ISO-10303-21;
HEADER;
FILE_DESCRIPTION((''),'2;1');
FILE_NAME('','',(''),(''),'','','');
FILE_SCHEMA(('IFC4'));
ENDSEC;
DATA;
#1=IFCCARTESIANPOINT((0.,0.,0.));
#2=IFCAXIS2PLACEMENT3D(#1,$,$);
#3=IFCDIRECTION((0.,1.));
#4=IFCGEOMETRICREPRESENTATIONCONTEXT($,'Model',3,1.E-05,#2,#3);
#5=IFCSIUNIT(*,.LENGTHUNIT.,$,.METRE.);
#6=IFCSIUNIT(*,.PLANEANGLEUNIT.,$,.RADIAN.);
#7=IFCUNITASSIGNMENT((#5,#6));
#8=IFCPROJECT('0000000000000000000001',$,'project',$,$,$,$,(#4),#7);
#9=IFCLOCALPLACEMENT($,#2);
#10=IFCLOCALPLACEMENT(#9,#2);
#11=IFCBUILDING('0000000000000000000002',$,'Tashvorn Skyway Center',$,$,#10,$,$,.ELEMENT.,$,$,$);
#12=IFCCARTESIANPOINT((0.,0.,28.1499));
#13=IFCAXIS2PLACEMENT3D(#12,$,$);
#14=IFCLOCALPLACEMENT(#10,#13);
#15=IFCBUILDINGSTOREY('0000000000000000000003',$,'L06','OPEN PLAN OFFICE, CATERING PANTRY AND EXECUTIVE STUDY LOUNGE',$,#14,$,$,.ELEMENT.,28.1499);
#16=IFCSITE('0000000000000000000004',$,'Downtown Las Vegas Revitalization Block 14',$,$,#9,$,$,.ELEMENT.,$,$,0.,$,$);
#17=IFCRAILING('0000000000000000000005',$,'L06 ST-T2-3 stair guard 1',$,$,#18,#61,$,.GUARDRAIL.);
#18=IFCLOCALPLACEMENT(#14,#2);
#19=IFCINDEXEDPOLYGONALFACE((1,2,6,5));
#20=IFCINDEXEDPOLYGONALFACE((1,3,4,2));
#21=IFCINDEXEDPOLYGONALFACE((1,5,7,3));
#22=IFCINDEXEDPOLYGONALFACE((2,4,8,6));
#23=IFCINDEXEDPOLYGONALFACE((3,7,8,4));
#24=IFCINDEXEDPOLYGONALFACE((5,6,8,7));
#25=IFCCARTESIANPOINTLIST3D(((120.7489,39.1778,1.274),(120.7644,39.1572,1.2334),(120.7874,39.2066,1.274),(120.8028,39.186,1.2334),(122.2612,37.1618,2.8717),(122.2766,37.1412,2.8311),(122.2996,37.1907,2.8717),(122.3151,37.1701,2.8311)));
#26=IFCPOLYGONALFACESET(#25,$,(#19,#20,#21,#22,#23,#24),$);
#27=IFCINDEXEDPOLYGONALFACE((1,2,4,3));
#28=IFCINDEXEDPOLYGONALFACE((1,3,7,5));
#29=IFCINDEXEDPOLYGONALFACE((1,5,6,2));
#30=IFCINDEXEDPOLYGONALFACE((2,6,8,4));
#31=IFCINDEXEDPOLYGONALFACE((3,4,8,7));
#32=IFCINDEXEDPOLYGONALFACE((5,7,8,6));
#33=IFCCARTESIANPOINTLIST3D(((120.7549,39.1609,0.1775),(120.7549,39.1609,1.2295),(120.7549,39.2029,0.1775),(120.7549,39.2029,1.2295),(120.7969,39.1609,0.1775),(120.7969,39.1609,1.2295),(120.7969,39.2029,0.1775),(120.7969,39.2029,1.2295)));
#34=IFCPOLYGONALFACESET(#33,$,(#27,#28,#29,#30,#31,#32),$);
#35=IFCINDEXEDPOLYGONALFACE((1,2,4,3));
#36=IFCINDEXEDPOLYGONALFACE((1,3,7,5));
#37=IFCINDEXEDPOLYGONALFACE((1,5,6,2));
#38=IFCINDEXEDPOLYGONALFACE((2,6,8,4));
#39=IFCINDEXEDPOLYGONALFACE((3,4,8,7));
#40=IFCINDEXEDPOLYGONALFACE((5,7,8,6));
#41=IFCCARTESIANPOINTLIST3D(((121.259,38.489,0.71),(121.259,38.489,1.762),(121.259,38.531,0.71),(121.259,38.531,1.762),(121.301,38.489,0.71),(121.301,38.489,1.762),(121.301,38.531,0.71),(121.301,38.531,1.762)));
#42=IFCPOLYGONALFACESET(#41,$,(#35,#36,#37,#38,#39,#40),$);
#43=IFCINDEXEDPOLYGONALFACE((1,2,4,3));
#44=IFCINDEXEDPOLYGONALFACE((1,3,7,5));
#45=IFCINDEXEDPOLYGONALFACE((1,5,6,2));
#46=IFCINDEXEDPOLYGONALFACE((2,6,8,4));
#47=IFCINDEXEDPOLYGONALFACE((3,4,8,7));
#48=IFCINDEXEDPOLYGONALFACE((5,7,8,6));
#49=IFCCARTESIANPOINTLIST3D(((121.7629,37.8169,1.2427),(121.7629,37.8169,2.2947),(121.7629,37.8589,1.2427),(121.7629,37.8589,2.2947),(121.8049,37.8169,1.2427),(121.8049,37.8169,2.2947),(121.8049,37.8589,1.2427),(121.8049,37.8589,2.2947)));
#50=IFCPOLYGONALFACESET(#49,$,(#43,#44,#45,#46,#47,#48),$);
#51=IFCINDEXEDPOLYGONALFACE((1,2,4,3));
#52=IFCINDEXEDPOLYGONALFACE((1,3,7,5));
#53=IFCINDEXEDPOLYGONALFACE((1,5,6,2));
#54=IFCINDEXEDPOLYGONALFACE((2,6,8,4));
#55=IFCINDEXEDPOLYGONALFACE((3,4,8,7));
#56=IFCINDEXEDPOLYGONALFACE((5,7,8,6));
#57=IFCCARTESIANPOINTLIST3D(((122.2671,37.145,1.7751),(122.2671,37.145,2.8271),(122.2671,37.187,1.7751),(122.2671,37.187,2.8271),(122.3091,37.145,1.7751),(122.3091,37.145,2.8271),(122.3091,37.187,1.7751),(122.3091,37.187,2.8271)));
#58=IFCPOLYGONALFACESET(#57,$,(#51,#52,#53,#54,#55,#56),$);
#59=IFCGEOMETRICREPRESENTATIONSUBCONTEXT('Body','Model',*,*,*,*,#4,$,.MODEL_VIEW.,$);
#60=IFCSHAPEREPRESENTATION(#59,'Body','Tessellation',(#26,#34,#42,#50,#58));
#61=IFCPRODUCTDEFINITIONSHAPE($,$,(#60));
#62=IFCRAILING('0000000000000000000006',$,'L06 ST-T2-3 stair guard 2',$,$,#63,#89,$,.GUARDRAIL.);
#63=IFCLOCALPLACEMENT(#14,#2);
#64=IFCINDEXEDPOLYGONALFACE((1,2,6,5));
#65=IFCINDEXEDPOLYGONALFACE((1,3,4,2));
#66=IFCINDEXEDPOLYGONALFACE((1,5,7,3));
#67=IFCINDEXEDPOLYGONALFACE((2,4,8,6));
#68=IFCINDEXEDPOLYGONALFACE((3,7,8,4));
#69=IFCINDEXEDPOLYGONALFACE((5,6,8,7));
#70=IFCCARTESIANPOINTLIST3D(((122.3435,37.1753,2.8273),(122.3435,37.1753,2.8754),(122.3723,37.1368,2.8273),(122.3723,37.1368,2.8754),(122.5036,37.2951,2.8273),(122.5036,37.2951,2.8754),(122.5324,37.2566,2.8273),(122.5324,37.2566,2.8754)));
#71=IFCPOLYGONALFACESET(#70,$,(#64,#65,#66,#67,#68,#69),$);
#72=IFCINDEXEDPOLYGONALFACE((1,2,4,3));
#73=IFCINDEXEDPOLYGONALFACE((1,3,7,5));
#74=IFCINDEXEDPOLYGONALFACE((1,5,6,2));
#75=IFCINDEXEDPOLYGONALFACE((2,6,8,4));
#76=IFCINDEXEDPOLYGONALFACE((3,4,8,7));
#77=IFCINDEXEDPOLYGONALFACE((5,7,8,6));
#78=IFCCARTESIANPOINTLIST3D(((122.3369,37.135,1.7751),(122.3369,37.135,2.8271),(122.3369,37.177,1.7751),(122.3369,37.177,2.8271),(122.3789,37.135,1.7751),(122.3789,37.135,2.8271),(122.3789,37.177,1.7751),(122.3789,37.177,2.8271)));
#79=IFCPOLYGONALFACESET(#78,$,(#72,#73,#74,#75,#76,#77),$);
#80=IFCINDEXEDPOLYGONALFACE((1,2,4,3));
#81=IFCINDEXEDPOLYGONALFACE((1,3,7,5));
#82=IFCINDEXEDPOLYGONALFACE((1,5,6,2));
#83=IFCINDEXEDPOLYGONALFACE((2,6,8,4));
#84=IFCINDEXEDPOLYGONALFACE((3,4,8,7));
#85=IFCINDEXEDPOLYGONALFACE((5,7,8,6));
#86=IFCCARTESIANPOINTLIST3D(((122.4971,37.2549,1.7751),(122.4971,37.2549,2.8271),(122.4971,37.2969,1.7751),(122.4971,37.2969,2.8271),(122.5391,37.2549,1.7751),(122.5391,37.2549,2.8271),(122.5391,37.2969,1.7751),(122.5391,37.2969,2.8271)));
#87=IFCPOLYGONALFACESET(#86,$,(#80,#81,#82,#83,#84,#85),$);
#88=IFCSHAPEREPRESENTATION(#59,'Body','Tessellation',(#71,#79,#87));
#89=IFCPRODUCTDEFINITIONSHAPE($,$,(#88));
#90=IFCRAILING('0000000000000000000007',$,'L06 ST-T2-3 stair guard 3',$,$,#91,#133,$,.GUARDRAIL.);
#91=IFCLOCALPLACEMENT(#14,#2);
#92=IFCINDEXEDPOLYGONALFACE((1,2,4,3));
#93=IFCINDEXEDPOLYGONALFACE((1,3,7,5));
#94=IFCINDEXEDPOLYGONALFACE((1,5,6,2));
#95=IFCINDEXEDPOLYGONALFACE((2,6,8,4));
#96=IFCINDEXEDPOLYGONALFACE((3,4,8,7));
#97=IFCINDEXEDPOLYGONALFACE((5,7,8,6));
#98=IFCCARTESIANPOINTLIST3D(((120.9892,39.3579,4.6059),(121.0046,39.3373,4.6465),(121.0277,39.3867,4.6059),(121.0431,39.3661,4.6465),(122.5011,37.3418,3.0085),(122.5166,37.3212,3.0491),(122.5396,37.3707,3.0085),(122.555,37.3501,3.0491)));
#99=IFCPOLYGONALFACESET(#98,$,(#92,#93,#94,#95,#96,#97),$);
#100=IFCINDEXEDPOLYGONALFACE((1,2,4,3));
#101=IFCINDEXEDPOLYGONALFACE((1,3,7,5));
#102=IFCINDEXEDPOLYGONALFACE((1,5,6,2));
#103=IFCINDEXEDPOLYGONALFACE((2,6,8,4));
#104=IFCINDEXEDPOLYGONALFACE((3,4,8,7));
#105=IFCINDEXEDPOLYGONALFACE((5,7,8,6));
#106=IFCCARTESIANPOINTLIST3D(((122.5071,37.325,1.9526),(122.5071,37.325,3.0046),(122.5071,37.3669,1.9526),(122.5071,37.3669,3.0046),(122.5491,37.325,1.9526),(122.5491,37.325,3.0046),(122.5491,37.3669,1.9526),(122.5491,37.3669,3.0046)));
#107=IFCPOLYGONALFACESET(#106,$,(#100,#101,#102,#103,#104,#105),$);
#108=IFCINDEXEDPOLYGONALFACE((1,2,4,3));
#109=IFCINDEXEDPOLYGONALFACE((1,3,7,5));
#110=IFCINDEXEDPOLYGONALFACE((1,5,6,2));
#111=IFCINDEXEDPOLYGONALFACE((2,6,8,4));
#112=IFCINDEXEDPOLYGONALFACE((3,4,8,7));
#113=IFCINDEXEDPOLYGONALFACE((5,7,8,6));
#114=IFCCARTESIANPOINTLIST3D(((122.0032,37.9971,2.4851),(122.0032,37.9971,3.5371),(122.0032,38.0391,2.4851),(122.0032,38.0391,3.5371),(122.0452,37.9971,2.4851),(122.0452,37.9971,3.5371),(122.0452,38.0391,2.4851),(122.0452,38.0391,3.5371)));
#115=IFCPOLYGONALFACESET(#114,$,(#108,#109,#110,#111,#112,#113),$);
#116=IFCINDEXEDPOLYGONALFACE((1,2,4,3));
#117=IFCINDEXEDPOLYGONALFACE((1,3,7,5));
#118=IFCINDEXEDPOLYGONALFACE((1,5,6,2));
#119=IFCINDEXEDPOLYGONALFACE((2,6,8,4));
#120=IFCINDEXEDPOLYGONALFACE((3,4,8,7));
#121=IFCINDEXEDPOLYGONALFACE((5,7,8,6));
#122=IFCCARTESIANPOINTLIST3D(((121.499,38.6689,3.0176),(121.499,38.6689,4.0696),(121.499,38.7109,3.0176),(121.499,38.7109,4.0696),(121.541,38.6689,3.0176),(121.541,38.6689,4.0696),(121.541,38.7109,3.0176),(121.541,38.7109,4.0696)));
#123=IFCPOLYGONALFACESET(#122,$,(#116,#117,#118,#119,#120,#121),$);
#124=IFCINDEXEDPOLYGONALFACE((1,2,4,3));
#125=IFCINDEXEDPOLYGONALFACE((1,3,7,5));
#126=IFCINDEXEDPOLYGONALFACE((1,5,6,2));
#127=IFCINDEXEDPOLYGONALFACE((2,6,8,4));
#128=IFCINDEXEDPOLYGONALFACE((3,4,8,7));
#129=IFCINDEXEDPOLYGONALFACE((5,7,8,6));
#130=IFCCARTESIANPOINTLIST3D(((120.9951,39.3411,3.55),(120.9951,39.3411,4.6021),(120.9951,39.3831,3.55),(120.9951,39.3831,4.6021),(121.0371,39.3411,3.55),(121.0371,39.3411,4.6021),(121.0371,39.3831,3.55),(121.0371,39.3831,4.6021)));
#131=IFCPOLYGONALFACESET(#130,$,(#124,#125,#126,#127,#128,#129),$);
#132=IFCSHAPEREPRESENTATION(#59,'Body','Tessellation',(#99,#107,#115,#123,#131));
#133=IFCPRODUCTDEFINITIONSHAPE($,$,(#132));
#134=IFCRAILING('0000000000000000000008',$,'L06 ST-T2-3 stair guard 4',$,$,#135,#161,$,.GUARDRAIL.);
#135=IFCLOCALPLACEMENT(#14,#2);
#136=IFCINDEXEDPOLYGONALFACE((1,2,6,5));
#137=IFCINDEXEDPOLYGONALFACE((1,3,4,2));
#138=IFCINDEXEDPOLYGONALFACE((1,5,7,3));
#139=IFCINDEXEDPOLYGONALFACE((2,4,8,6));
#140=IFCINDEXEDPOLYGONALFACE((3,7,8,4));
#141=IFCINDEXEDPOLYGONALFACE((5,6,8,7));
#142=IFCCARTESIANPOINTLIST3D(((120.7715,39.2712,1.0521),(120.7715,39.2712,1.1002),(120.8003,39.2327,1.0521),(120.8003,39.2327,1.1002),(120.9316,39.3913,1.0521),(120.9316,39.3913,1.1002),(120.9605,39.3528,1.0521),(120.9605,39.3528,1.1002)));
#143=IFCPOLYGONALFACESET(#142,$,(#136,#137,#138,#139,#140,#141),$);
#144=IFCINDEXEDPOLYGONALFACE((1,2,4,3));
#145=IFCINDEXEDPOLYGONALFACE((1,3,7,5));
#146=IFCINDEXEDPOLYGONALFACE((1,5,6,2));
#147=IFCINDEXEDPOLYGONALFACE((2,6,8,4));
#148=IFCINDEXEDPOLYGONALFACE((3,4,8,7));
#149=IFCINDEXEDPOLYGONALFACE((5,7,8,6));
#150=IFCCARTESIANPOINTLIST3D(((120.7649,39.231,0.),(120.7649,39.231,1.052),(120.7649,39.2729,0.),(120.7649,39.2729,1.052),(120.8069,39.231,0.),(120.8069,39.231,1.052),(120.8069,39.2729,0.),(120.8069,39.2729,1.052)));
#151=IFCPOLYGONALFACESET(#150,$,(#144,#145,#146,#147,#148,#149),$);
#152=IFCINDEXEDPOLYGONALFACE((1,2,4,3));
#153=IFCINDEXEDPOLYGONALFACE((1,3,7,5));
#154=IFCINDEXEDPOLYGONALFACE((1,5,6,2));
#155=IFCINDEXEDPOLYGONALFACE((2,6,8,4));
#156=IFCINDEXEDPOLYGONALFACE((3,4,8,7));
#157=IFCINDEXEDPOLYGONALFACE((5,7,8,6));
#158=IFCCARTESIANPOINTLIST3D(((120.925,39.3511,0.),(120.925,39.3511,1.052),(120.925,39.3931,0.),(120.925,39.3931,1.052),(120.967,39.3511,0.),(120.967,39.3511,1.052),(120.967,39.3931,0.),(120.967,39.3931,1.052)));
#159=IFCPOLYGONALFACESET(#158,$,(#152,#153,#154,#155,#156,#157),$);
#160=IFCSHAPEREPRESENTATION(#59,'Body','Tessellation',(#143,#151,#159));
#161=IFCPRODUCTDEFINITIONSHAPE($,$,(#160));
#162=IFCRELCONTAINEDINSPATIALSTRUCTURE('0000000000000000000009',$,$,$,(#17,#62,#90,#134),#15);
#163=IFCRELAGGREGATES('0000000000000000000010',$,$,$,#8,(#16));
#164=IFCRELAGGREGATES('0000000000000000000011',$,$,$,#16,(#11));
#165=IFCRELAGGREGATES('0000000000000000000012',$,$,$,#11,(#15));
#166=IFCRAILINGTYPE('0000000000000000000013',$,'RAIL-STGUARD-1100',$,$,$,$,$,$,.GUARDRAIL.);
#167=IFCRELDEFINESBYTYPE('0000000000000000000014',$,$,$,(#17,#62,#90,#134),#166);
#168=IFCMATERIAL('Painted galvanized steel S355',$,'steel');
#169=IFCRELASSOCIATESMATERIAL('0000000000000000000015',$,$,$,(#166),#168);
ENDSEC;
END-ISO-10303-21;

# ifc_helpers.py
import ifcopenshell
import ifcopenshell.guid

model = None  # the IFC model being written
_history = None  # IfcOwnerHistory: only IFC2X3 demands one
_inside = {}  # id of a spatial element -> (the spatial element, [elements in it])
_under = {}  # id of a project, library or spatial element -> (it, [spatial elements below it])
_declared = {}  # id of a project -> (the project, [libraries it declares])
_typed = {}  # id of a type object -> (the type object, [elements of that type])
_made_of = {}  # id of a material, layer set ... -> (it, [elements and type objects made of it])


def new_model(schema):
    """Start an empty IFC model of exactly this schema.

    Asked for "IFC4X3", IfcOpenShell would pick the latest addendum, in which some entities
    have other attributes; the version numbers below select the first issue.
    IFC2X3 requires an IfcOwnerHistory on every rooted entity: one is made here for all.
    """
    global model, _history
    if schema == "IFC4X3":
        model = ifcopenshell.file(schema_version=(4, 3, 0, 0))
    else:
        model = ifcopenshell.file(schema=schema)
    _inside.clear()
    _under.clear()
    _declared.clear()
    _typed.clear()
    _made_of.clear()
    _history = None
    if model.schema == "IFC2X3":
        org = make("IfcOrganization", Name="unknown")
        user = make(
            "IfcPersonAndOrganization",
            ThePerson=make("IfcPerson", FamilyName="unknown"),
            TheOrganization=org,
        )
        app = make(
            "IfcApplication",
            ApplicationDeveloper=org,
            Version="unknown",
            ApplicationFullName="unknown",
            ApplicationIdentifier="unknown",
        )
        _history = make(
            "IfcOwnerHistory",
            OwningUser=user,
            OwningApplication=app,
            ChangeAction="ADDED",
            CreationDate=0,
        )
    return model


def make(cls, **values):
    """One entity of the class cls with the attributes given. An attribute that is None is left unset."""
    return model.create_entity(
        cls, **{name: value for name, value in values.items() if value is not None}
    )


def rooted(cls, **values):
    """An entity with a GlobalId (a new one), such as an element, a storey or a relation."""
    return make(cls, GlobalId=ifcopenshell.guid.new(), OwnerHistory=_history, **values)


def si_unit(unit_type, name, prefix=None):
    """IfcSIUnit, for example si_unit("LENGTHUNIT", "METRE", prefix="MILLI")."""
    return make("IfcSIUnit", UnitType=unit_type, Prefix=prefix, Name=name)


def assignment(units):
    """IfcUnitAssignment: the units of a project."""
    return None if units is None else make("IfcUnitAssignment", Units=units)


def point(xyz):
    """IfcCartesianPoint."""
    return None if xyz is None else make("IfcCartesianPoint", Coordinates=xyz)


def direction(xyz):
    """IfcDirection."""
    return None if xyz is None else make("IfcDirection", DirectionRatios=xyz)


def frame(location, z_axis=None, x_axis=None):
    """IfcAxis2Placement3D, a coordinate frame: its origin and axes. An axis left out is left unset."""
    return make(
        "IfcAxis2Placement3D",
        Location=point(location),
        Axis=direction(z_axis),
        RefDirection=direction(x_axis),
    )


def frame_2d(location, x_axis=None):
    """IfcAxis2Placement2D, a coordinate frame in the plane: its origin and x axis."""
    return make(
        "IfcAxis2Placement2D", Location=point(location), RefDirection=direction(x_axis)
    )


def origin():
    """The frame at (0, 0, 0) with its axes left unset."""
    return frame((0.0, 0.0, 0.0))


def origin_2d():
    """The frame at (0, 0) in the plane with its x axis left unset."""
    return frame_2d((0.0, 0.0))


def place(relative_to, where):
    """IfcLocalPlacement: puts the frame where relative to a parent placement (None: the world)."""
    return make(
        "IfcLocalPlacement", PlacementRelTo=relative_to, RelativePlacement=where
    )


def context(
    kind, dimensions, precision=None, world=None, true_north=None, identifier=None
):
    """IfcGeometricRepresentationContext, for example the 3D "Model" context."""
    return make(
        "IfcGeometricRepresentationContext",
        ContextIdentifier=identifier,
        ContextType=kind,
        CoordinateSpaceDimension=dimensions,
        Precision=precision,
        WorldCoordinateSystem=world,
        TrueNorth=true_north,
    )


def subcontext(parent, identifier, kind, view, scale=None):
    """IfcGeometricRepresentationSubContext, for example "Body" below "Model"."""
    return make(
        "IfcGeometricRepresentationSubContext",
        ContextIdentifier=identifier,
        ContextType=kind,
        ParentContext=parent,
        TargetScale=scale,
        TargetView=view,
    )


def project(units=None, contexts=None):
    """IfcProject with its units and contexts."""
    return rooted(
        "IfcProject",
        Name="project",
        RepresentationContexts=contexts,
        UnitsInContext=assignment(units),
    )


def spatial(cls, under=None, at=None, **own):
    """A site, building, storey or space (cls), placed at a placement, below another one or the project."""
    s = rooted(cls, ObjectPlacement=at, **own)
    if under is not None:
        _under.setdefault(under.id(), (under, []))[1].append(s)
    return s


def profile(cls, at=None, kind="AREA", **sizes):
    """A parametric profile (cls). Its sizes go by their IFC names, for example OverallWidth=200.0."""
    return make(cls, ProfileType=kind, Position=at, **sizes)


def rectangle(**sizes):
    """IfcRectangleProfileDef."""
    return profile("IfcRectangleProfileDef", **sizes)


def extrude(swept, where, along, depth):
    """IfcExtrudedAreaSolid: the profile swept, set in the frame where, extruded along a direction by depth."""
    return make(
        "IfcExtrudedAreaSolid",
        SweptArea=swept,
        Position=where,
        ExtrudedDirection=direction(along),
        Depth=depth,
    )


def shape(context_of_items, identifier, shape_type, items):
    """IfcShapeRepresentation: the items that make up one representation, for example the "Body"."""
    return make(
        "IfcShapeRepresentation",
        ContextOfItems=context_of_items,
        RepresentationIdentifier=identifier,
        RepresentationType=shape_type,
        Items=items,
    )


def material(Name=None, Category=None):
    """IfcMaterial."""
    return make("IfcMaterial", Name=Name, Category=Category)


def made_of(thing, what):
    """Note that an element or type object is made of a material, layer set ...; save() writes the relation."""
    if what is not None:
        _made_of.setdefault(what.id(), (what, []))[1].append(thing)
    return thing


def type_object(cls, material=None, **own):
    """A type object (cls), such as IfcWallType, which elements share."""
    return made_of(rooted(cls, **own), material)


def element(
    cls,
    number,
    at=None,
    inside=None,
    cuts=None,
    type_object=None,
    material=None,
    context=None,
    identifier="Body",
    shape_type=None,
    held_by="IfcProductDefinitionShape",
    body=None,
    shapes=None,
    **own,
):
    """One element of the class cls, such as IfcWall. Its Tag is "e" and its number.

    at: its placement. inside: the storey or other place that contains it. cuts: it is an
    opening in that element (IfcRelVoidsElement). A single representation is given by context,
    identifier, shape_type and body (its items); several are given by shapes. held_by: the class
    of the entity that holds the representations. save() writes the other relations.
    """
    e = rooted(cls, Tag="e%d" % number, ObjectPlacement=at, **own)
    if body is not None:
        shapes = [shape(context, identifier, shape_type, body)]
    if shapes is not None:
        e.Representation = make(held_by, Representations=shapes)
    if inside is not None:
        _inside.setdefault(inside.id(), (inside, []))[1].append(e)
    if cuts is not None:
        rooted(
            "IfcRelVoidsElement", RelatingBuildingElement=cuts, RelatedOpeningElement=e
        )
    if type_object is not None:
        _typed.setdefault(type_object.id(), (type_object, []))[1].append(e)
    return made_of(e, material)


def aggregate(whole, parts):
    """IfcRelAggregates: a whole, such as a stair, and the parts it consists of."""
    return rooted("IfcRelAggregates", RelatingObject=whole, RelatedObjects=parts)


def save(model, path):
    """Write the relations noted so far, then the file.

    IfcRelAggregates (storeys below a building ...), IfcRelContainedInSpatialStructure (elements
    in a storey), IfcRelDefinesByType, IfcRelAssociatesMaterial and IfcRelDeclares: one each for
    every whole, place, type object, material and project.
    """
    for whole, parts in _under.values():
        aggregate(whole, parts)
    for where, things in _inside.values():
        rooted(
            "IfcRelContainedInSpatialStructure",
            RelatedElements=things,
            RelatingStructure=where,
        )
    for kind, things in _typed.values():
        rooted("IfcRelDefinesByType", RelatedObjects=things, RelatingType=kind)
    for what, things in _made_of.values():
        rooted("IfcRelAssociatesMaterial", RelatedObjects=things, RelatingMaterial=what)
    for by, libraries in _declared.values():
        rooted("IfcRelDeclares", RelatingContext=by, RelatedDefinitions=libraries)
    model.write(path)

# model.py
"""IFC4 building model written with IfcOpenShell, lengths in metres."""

from ifc_helpers import new_model, si_unit, direction, frame, origin, origin_2d, place, context, subcontext, project, spatial, rectangle, extrude, material, type_object, element, save


model = new_model("IFC4")

# Units and contexts
model_context = context("Model", 3, precision=1e-05, world=origin(), true_north=direction((0.0, 1.0)))
body_context = subcontext(model_context, "Body", "Model", "MODEL_VIEW")
ifc_project = project(units=[si_unit("LENGTHUNIT", "METRE"), si_unit("PLANEANGLEUNIT", "RADIAN")], contexts=[model_context])

# Site, building, storey
site_placement = place(None, origin())
site = spatial("IfcSite", under=ifc_project, at=site_placement, Name="Downtown Las Vegas Revitalization Block 14", CompositionType="ELEMENT", RefElevation=0.0)
building_placement = place(site_placement, origin())
building = spatial("IfcBuilding", under=site, at=building_placement, Name="Tashvorn Skyway Center", CompositionType="ELEMENT")
storey_placement = place(building_placement, frame((0.0, 0.0, 28.1499)))
storey = spatial("IfcBuildingStorey", under=building, at=storey_placement, Name="L06", Description="OPEN PLAN OFFICE, CATERING PANTRY AND EXECUTIVE STUDY LOUNGE", CompositionType="ELEMENT", Elevation=28.1499)

# Railings
ifc_material_1 = material(Name="Painted galvanized steel S355", Category="steel")
railing_type_1 = type_object("IfcRailingType", Name="RAIL-STGUARD-1100", PredefinedType="GUARDRAIL", material=ifc_material_1)
railing_1_placement = place(storey_placement, frame((120.7759, 39.1819, 0.1775)))
element("IfcRailing", 1, at=railing_1_placement, inside=storey, type_object=railing_type_1, Name="L06 ST-T2-3 stair guard 1", PredefinedType="GUARDRAIL", context=body_context, shape_type="SweptSolid", body=[
    extrude(rectangle(XDim=0.0481, YDim=0.0481, at=origin_2d()), frame((0.0, 0.0, 1.0762), z_axis=(0.506807, -0.675607, 0.535445), x_axis=(0.799942, 0.600078, 0.0)), (0.0, 0.0, 1.0), 2.9839),
    extrude(rectangle(XDim=0.042, YDim=0.042, at=origin_2d()), origin(), (0.0, 0.0, 1.0), 1.052),
    extrude(rectangle(XDim=0.042, YDim=0.042, at=origin_2d()), frame((0.5042, -0.6719, 0.5325)), (0.0, 0.0, 1.0), 1.052),
    extrude(rectangle(XDim=0.042, YDim=0.042, at=origin_2d()), frame((1.0081, -1.344, 1.0652)), (0.0, 0.0, 1.0), 1.052),
    extrude(rectangle(XDim=0.042, YDim=0.042, at=origin_2d()), frame((1.5122, -2.0159, 1.5977)), (0.0, 0.0, 1.0), 1.052),
])
railing_2_placement = place(storey_placement, frame((122.3579, 37.156, 1.7751)))
element("IfcRailing", 2, at=railing_2_placement, inside=storey, type_object=railing_type_1, Name="L06 ST-T2-3 stair guard 2", PredefinedType="GUARDRAIL", context=body_context, shape_type="SweptSolid", body=[
    extrude(rectangle(XDim=0.0481, YDim=0.0481, at=origin_2d()), frame((0.0, 0.0, 1.0762), z_axis=(0.800585, 0.599219, 0.0), x_axis=(-0.599219, 0.800585, 0.0)), (0.0, 0.0, 1.0), 0.2),
    extrude(rectangle(XDim=0.042, YDim=0.042, at=origin_2d()), origin(), (0.0, 0.0, 1.0), 1.052),
    extrude(rectangle(XDim=0.042, YDim=0.042, at=origin_2d()), frame((0.1602, 0.1199, 0.0)), (0.0, 0.0, 1.0), 1.052),
])
railing_3_placement = place(storey_placement, frame((122.5281, 37.3459, 1.9526)))
element("IfcRailing", 3, at=railing_3_placement, inside=storey, type_object=railing_type_1, Name="L06 ST-T2-3 stair guard 3", PredefinedType="GUARDRAIL", context=body_context, shape_type="SweptSolid", body=[
    extrude(rectangle(XDim=0.0481, YDim=0.0481, at=origin_2d()), frame((0.0, 0.0, 1.0762), z_axis=(-0.506741, 0.675709, 0.535379), x_axis=(-0.800023, -0.599969, 0.0)), (0.0, 0.0, 1.0), 2.9836),
    extrude(rectangle(XDim=0.042, YDim=0.042, at=origin_2d()), origin(), (0.0, 0.0, 1.0), 1.052),
    extrude(rectangle(XDim=0.042, YDim=0.042, at=origin_2d()), frame((-0.5039, 0.6721, 0.5325)), (0.0, 0.0, 1.0), 1.052),
    extrude(rectangle(XDim=0.042, YDim=0.042, at=origin_2d()), frame((-1.0081, 1.344, 1.0649)), (0.0, 0.0, 1.0), 1.052),
    extrude(rectangle(XDim=0.042, YDim=0.042, at=origin_2d()), frame((-1.512, 2.0161, 1.5974)), (0.0, 0.0, 1.0), 1.052),
])
railing_4_placement = place(storey_placement, frame((120.7859, 39.252, 0.0)))
element("IfcRailing", 4, at=railing_4_placement, inside=storey, type_object=railing_type_1, Name="L06 ST-T2-3 stair guard 4", PredefinedType="GUARDRAIL", context=body_context, shape_type="SweptSolid", body=[
    extrude(rectangle(XDim=0.0481, YDim=0.0481, at=origin_2d()), frame((0.0, 0.0, 1.0762), z_axis=(0.8, 0.6, 0.0), x_axis=(-0.6, 0.8, 0.0)), (0.0, 0.0, 1.0), 0.2002),
    extrude(rectangle(XDim=0.042, YDim=0.042, at=origin_2d()), origin(), (0.0, 0.0, 1.0), 1.052),
    extrude(rectangle(XDim=0.042, YDim=0.042, at=origin_2d()), frame((0.1602, 0.1201, 0.0)), (0.0, 0.0, 1.0), 1.052),
])

save(model, "model.ifc")
